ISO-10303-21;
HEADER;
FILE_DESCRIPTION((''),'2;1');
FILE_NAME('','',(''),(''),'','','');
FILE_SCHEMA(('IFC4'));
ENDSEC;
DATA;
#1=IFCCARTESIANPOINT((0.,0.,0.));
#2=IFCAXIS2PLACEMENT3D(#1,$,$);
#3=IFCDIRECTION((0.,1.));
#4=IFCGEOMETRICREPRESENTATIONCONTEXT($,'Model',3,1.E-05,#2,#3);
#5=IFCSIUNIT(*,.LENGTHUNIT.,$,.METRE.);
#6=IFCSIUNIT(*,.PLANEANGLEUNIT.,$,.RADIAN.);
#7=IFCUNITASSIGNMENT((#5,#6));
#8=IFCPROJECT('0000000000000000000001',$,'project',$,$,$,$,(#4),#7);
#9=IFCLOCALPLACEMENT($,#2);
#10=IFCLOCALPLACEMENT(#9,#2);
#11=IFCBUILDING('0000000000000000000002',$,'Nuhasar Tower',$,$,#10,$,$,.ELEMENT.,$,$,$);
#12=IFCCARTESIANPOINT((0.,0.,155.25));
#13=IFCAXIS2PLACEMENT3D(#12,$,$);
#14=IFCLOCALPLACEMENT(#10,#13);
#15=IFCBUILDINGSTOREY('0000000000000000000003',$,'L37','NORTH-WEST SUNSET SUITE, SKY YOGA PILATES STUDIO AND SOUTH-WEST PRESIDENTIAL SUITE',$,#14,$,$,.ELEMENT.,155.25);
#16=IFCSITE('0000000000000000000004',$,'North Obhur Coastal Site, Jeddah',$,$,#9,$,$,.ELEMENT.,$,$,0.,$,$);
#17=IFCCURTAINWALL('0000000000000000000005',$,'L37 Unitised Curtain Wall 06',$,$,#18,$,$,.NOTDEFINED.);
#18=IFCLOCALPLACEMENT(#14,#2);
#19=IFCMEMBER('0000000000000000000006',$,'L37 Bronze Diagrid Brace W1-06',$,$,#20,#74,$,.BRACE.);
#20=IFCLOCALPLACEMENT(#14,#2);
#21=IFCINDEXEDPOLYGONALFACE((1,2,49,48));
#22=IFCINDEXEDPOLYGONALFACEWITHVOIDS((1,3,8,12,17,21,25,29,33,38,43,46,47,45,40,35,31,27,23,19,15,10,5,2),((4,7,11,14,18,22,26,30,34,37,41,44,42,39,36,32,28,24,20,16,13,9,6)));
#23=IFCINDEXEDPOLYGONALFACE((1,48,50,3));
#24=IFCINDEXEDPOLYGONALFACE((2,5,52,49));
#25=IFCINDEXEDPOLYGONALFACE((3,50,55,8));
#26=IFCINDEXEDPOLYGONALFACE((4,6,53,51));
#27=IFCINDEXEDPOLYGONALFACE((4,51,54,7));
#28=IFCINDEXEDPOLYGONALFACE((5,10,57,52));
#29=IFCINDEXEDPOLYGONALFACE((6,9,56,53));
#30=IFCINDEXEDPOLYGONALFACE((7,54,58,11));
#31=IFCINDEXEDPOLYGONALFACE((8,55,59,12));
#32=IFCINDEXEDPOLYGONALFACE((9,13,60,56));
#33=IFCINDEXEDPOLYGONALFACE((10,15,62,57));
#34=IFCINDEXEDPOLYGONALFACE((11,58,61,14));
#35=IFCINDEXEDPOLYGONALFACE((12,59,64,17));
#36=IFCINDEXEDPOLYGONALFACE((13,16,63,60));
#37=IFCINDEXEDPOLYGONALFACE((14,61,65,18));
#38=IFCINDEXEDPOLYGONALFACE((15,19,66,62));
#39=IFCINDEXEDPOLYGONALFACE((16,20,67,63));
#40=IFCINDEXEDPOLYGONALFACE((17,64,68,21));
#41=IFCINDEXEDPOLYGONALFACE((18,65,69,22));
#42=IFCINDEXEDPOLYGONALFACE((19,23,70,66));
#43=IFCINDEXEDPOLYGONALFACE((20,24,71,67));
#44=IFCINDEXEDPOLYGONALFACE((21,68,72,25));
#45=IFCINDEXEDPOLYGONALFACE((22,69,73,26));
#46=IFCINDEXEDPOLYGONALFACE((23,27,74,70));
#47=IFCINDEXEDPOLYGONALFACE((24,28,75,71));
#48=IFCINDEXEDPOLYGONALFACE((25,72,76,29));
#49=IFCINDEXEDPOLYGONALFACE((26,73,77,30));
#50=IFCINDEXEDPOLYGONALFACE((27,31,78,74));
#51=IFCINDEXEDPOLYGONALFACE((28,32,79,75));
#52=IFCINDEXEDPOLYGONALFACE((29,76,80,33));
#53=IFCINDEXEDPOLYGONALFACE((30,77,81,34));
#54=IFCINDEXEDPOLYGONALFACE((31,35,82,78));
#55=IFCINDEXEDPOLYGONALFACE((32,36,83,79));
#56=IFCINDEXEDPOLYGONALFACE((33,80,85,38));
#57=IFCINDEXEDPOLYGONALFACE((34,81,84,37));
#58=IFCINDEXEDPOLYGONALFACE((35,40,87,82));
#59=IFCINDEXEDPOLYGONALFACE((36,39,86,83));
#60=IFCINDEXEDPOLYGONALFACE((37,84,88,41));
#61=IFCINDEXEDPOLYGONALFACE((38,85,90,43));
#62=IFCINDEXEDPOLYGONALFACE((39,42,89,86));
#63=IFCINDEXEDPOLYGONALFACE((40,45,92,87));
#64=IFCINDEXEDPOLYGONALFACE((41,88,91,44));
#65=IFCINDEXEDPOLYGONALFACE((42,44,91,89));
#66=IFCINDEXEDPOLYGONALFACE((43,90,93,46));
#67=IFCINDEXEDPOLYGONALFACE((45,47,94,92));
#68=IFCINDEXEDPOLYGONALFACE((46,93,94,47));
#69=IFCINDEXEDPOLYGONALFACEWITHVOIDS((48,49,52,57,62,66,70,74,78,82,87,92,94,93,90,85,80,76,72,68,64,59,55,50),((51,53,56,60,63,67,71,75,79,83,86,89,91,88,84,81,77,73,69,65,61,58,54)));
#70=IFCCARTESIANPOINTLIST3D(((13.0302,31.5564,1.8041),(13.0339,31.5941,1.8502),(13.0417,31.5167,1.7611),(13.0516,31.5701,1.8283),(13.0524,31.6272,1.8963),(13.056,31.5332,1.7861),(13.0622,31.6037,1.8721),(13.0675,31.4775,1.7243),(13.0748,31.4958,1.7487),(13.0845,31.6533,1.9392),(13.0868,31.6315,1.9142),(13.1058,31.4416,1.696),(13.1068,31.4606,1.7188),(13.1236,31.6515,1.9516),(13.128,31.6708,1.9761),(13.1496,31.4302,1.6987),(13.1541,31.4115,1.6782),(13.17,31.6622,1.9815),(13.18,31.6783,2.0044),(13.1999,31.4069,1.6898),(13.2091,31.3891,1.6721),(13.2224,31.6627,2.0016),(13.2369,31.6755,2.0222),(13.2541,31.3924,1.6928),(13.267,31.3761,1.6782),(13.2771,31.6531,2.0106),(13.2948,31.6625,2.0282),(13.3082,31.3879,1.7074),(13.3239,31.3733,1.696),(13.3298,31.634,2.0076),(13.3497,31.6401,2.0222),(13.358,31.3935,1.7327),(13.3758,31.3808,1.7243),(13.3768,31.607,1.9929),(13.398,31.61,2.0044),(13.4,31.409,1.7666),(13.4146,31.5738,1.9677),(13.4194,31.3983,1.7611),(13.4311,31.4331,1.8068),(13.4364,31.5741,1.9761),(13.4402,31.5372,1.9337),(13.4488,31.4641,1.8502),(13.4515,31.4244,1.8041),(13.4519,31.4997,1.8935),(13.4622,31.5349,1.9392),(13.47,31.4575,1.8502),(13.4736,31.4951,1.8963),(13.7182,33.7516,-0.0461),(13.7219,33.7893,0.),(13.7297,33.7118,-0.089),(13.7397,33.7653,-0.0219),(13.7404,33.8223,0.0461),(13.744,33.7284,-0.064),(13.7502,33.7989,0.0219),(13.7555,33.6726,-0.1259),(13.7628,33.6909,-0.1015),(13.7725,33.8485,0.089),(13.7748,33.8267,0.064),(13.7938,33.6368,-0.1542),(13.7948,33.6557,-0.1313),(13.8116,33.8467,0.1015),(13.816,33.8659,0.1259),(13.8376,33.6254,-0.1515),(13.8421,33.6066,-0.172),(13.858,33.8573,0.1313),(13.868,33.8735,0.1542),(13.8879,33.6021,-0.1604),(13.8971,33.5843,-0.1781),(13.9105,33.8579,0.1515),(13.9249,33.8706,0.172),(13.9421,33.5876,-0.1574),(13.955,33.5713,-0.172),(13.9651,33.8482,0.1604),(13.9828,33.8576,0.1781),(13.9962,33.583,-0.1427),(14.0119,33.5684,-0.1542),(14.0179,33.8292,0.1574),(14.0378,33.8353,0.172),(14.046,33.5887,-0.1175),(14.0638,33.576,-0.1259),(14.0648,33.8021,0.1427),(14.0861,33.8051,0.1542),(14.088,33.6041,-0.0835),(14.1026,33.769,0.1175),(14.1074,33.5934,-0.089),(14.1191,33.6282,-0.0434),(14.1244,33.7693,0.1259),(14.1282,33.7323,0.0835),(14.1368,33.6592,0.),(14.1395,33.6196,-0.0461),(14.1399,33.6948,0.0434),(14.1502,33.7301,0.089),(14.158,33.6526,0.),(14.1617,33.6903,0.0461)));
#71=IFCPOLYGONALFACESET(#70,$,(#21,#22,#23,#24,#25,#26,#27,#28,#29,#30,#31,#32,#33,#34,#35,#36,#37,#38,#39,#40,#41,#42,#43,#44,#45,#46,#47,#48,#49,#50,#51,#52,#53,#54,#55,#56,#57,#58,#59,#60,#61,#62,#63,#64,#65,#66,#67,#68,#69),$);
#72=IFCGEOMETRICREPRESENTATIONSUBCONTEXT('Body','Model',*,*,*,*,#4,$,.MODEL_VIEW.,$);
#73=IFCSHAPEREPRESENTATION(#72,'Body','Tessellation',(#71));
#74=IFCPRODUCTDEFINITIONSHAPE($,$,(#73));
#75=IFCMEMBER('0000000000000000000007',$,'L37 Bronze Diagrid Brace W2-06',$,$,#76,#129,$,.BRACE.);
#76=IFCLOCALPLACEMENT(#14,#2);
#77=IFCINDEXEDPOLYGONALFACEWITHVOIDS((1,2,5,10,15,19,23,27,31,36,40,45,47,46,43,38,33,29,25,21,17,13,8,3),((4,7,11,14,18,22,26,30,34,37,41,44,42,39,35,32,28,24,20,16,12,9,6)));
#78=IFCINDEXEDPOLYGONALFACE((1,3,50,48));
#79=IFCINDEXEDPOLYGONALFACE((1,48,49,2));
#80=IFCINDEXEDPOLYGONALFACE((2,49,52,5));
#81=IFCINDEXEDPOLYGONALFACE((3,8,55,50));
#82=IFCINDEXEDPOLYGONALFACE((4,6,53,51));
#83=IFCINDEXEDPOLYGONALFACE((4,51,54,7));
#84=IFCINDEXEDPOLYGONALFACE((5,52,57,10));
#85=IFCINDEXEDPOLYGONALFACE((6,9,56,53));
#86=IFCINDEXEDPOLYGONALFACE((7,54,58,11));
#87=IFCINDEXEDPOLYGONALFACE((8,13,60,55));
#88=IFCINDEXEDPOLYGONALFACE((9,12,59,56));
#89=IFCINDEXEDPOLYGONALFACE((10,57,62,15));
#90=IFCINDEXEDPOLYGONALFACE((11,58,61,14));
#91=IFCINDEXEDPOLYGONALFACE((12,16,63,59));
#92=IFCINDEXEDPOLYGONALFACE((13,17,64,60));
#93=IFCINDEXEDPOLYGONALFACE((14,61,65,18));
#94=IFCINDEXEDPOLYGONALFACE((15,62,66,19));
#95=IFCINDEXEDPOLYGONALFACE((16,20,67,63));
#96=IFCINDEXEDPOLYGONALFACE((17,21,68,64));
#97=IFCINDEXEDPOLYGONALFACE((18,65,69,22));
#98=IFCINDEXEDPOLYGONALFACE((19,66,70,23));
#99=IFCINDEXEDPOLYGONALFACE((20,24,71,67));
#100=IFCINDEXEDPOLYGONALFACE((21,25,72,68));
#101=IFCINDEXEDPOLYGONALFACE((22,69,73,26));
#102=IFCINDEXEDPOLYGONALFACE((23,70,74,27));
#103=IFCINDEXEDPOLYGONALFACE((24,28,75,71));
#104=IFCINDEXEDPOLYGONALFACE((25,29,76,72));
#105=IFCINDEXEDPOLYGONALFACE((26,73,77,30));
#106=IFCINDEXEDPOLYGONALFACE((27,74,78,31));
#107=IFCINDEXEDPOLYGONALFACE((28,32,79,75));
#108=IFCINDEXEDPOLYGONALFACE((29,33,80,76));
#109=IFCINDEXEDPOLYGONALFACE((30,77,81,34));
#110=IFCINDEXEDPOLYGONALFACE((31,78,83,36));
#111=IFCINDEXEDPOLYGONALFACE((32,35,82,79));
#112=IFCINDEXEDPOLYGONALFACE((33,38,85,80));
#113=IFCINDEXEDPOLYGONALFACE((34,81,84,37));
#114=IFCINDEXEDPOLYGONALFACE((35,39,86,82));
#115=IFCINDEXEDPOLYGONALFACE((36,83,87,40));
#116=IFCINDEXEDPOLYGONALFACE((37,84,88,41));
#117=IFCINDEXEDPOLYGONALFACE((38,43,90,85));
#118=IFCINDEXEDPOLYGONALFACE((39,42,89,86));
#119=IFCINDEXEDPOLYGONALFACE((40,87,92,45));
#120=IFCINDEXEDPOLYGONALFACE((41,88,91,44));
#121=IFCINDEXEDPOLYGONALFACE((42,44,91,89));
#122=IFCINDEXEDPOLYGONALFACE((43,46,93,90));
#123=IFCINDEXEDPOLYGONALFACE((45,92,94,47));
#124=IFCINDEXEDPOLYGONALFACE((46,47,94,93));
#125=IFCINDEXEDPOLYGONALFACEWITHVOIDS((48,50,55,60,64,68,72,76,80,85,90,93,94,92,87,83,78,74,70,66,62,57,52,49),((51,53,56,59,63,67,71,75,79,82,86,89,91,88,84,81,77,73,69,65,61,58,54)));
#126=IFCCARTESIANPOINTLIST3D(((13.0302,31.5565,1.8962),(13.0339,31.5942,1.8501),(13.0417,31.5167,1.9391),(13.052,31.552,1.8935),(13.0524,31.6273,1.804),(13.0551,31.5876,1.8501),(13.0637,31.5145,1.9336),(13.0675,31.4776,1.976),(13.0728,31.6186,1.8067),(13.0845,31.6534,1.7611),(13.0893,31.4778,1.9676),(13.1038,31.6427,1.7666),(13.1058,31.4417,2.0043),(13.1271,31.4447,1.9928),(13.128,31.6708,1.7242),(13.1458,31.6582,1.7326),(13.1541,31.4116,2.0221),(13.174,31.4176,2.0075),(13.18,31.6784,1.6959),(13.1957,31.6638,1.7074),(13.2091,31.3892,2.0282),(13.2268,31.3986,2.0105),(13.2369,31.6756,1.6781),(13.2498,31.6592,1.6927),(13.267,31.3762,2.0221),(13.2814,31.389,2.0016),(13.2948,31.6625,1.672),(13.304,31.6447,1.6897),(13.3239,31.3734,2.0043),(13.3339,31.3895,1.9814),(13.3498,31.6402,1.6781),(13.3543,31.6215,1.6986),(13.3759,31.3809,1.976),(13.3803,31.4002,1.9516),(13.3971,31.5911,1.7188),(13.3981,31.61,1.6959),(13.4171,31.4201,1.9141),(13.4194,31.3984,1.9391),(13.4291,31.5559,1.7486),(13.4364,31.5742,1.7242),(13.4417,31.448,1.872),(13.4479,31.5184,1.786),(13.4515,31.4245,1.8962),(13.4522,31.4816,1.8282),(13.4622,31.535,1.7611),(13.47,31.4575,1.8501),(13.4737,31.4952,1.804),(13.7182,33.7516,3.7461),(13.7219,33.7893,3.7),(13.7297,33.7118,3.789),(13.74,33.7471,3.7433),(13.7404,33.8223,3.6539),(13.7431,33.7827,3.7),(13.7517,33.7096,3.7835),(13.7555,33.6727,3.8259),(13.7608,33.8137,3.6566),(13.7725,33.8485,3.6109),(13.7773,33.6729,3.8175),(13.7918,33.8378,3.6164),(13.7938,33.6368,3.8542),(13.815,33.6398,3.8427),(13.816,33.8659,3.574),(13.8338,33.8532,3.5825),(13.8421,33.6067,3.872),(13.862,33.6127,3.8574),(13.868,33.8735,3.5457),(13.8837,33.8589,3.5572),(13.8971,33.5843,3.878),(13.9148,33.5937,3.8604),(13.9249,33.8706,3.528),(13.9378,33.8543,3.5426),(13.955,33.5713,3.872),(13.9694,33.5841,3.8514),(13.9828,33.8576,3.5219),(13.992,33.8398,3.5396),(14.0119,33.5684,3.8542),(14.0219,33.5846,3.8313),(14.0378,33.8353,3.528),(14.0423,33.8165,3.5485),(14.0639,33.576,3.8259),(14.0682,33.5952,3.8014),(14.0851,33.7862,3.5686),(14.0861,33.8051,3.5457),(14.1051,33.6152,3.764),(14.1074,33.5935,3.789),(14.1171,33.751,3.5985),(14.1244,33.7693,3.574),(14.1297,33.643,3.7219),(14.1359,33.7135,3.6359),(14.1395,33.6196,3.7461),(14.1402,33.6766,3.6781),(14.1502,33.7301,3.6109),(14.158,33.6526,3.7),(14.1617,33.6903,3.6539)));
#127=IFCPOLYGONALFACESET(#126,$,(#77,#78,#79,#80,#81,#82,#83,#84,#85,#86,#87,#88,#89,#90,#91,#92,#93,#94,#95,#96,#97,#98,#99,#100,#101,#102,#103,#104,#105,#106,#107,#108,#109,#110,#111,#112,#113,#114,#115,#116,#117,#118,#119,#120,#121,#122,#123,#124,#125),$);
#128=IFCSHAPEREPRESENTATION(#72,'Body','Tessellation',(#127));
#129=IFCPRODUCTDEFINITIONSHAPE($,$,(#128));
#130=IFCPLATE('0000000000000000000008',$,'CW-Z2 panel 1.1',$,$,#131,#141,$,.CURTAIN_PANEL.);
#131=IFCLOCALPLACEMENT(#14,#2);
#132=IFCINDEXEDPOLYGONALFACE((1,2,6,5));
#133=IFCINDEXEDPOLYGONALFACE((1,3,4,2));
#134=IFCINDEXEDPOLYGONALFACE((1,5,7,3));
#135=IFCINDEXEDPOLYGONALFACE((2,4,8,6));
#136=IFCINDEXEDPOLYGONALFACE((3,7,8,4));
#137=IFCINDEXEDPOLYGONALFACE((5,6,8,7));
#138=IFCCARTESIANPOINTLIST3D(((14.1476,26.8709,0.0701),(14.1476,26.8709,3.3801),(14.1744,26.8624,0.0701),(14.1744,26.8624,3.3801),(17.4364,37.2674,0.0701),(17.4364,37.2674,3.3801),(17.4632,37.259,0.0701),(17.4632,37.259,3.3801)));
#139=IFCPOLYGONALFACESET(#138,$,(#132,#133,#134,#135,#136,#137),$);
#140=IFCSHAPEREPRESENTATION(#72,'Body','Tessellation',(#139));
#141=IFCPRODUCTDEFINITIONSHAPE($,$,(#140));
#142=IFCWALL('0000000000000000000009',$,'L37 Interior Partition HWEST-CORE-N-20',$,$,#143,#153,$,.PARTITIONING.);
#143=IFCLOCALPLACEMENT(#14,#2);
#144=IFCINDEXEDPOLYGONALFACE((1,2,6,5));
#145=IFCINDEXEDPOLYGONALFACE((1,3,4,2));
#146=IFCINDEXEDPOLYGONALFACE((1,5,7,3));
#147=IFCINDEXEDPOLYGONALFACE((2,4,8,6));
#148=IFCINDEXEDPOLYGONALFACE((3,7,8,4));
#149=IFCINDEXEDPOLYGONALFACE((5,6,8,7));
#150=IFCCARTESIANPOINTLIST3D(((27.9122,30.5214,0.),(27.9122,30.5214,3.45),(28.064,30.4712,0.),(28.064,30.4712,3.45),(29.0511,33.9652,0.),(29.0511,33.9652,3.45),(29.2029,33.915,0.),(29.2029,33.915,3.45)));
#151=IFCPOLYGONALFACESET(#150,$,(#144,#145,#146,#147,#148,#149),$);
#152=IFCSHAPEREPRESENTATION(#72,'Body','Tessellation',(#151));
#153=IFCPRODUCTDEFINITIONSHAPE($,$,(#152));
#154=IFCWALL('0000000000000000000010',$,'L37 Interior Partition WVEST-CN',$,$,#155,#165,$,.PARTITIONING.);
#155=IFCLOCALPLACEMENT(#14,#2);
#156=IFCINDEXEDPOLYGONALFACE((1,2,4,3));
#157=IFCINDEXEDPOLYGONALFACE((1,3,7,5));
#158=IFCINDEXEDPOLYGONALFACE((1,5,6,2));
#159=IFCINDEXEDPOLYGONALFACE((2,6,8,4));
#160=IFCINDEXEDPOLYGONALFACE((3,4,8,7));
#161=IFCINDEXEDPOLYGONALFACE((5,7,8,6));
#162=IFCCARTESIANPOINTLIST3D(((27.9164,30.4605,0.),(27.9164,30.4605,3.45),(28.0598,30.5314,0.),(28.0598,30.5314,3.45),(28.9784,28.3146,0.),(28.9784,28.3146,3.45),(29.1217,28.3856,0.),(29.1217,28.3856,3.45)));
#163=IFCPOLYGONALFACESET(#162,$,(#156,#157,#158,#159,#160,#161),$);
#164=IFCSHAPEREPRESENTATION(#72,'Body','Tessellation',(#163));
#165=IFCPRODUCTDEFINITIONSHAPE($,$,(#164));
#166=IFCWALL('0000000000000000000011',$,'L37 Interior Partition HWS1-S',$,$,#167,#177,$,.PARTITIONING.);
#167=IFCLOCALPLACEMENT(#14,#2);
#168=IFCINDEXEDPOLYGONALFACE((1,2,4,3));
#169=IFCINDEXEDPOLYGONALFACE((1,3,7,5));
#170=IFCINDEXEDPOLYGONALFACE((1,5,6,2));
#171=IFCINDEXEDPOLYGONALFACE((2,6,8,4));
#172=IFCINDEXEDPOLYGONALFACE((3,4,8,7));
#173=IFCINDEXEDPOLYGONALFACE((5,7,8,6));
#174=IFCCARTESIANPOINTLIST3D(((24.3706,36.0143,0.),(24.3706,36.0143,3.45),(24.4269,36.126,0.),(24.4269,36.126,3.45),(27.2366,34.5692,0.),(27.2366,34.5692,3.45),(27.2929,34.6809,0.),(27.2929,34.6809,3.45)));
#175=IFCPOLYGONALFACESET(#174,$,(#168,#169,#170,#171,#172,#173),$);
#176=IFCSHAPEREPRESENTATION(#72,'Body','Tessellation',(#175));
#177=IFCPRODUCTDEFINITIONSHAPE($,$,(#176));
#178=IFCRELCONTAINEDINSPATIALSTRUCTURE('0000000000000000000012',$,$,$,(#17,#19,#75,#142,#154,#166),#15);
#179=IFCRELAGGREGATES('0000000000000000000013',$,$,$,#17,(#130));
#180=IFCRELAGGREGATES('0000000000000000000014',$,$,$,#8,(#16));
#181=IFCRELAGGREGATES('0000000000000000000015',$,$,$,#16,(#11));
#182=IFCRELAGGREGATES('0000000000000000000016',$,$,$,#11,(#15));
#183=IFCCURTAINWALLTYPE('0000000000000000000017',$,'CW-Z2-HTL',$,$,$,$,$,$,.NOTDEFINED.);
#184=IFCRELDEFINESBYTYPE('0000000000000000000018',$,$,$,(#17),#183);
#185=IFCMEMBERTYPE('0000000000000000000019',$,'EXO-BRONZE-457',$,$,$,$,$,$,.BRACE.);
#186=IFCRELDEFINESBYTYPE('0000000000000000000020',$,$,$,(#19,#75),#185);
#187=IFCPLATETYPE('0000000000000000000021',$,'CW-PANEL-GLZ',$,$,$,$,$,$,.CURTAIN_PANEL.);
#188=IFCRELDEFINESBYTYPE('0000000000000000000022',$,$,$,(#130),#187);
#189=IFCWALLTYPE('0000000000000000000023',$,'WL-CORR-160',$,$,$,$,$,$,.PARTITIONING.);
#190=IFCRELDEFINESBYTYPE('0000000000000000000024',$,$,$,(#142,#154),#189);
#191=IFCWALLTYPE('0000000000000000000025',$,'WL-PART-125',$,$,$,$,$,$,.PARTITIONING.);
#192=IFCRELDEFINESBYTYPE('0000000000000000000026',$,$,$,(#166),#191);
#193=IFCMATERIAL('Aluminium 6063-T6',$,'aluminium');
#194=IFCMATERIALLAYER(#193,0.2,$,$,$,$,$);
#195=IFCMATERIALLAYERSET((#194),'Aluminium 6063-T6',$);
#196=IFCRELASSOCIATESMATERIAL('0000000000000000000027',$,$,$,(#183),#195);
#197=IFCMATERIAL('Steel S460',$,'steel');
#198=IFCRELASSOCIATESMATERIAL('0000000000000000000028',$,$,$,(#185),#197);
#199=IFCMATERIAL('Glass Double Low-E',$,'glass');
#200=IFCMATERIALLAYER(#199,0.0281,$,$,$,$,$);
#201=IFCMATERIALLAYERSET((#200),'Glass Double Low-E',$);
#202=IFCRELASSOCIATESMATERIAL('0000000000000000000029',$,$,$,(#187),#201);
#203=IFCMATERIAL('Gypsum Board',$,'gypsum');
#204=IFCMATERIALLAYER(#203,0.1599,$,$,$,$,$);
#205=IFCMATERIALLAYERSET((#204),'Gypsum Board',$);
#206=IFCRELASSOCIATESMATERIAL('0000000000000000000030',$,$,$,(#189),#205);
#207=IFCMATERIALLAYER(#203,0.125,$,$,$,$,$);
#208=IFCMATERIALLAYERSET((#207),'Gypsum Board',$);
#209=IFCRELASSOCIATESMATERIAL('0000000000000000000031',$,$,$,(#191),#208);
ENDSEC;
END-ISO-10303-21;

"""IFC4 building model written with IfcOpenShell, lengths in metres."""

from ifc_helpers import new_model, si_unit, direction, frame, frame_2d, origin, origin_2d, place, context, subcontext, project, spatial, rectangle, hollow_circle, extrude, material, layer, layer_set, material_profile, profile_set, type_object, element, aggregate, save


model = new_model("IFC4")

# Units and contexts
model_context = context("Model", 3, precision=1e-05, world=origin(), true_north=direction((0.0, 1.0)))
body_context = subcontext(model_context, "Body", "Model", "MODEL_VIEW")
ifc_project = project(units=[si_unit("LENGTHUNIT", "METRE"), si_unit("PLANEANGLEUNIT", "RADIAN")], contexts=[model_context])

# Site, building, storey
site_placement = place(None, origin())
site = spatial("IfcSite", under=ifc_project, at=site_placement, Name="North Obhur Coastal Site, Jeddah", CompositionType="ELEMENT", RefElevation=0.0)
building_placement = place(site_placement, origin())
building = spatial("IfcBuilding", under=site, at=building_placement, Name="Nuhasar Tower", CompositionType="ELEMENT")
storey_placement = place(building_placement, frame((0.0, 0.0, 155.25)))
storey = spatial("IfcBuildingStorey", under=building, at=storey_placement, Name="L37", Description="NORTH-WEST SUNSET SUITE, SKY YOGA PILATES STUDIO AND SOUTH-WEST PRESIDENTIAL SUITE", CompositionType="ELEMENT", Elevation=155.25)

# Curtain wall
ifc_material_1 = material(Name="Aluminium 6063-T6", Category="aluminium")
ifc_layer_1 = layer(ifc_material_1, 0.2)
ifc_layer_set_1 = layer_set([ifc_layer_1], Name="Aluminium 6063-T6")
curtain_wall_type = type_object("IfcCurtainWallType", Name="CW-Z2-HTL", PredefinedType="NOTDEFINED", material=ifc_layer_set_1)
curtain_wall_placement = place(storey_placement, origin())
curtain_wall = element("IfcCurtainWall", 1, at=curtain_wall_placement, inside=storey, type_object=curtain_wall_type, Name="L37 Unitised Curtain Wall 06", PredefinedType="NOTDEFINED")

# Members
ifc_material_2 = material(Name="Steel S460", Category="steel")
ifc_material_profile_1 = material_profile(ifc_material_2, hollow_circle(Radius=0.2285, WallThickness=0.0222, at=origin_2d()), Name="HSS457X22.2")
ifc_profile_set_1 = profile_set([ifc_material_profile_1], Name="Steel S460")
member_type_1 = type_object("IfcMemberType", Name="EXO-BRONZE-457", PredefinedType="BRACE", material=ifc_profile_set_1)
member_1_placement = place(storey_placement, frame((13.9399, 33.7209, 0.0), z_axis=(-0.233056, -0.743578, 0.626719), x_axis=(0.954228, -0.299079, 0.0)))
element("IfcMember", 2, at=member_1_placement, inside=storey, type_object=member_type_1, Name="L37 Bronze Diagrid Brace W1-06", PredefinedType="BRACE", context=body_context, shape_type="SweptSolid", body=[
    extrude(hollow_circle(Radius=0.2285, WallThickness=0.0222, at=origin_2d()), origin(), (0.0, 0.0, 1.0), 2.9521),
])
member_2_placement = place(storey_placement, frame((13.252, 31.5259, 1.8501), z_axis=(0.233068, 0.743616, 0.626669), x_axis=(-0.954228, 0.299079, 0.0)))
element("IfcMember", 3, at=member_2_placement, inside=storey, type_object=member_type_1, Name="L37 Bronze Diagrid Brace W2-06", PredefinedType="BRACE", context=body_context, shape_type="SweptSolid", body=[
    extrude(hollow_circle(Radius=0.2285, WallThickness=0.0222, at=origin_2d()), origin(), (0.0, 0.0, 1.0), 2.9519),
])

# Plate
ifc_material_3 = material(Name="Glass Double Low-E", Category="glass")
ifc_layer_2 = layer(ifc_material_3, 0.0281)
ifc_layer_set_2 = layer_set([ifc_layer_2], Name="Glass Double Low-E")
plate_type = type_object("IfcPlateType", Name="CW-PANEL-GLZ", PredefinedType="CURTAIN_PANEL", material=ifc_layer_set_2)
plate_placement = place(storey_placement, frame((15.8054, 32.0649, 0.0701), z_axis=(0.0, 0.0, 1.0), x_axis=(-0.301604, -0.953433, 0.0)))
plate = element("IfcPlate", 4, at=plate_placement, type_object=plate_type, Name="CW-Z2 panel 1.1", PredefinedType="CURTAIN_PANEL", context=body_context, shape_type="SweptSolid", body=[
    extrude(rectangle(XDim=10.9043, YDim=0.0281, at=origin_2d()), origin(), (0.0, 0.0, 1.0), 3.3101),
])
aggregate(curtain_wall, [plate])

# Wall
ifc_material_4 = material(Name="Gypsum Board", Category="gypsum")
ifc_layer_3 = layer(ifc_material_4, 0.1599)
ifc_layer_set_3 = layer_set([ifc_layer_3], Name="Gypsum Board")
wall_type_1 = type_object("IfcWallType", Name="WL-CORR-160", PredefinedType="PARTITIONING", material=ifc_layer_set_3)
wall_1_placement = place(storey_placement, frame((29.127, 33.9399, 0.0), z_axis=(0.0, 0.0, 1.0), x_axis=(-0.313986, -0.949428, 0.0)))
element("IfcWall", 5, at=wall_1_placement, inside=storey, type_object=wall_type_1, Name="L37 Interior Partition HWEST-CORE-N-20", PredefinedType="PARTITIONING", context=body_context, shape_type="SweptSolid", body=[
    extrude(rectangle(XDim=3.6272, YDim=0.1599, at=frame_2d((1.8135, 0.0))), origin(), (0.0, 0.0, 1.0), 3.45),
])

# Walls
wall_2_placement = place(storey_placement, frame((27.988, 30.4961, 0.0), z_axis=(0.0, 0.0, 1.0), x_axis=(0.443539, -0.896255, 0.0)))
element("IfcWall", 6, at=wall_2_placement, inside=storey, type_object=wall_type_1, Name="L37 Interior Partition WVEST-CN", PredefinedType="PARTITIONING", context=body_context, shape_type="SweptSolid", body=[
    extrude(rectangle(XDim=2.3943, YDim=0.1599, at=frame_2d((1.1973, 0.0))), origin(), (0.0, 0.0, 1.0), 3.45),
])
ifc_layer_4 = layer(ifc_material_4, 0.125)
ifc_layer_set_4 = layer_set([ifc_layer_4], Name="Gypsum Board")
wall_type_2 = type_object("IfcWallType", Name="WL-PART-125", PredefinedType="PARTITIONING", material=ifc_layer_set_4)
wall_3_placement = place(storey_placement, frame((27.2649, 34.625, 0.0), z_axis=(0.0, 0.0, 1.0), x_axis=(-0.892916, 0.450223, 0.0)))
element("IfcWall", 7, at=wall_3_placement, inside=storey, type_object=wall_type_2, Name="L37 Interior Partition HWS1-S", PredefinedType="PARTITIONING", context=body_context, shape_type="SweptSolid", body=[
    extrude(rectangle(XDim=3.2097, YDim=0.125, at=frame_2d((1.605, 0.0))), origin(), (0.0, 0.0, 1.0), 3.45),
])

save(model, "model.ifc")
